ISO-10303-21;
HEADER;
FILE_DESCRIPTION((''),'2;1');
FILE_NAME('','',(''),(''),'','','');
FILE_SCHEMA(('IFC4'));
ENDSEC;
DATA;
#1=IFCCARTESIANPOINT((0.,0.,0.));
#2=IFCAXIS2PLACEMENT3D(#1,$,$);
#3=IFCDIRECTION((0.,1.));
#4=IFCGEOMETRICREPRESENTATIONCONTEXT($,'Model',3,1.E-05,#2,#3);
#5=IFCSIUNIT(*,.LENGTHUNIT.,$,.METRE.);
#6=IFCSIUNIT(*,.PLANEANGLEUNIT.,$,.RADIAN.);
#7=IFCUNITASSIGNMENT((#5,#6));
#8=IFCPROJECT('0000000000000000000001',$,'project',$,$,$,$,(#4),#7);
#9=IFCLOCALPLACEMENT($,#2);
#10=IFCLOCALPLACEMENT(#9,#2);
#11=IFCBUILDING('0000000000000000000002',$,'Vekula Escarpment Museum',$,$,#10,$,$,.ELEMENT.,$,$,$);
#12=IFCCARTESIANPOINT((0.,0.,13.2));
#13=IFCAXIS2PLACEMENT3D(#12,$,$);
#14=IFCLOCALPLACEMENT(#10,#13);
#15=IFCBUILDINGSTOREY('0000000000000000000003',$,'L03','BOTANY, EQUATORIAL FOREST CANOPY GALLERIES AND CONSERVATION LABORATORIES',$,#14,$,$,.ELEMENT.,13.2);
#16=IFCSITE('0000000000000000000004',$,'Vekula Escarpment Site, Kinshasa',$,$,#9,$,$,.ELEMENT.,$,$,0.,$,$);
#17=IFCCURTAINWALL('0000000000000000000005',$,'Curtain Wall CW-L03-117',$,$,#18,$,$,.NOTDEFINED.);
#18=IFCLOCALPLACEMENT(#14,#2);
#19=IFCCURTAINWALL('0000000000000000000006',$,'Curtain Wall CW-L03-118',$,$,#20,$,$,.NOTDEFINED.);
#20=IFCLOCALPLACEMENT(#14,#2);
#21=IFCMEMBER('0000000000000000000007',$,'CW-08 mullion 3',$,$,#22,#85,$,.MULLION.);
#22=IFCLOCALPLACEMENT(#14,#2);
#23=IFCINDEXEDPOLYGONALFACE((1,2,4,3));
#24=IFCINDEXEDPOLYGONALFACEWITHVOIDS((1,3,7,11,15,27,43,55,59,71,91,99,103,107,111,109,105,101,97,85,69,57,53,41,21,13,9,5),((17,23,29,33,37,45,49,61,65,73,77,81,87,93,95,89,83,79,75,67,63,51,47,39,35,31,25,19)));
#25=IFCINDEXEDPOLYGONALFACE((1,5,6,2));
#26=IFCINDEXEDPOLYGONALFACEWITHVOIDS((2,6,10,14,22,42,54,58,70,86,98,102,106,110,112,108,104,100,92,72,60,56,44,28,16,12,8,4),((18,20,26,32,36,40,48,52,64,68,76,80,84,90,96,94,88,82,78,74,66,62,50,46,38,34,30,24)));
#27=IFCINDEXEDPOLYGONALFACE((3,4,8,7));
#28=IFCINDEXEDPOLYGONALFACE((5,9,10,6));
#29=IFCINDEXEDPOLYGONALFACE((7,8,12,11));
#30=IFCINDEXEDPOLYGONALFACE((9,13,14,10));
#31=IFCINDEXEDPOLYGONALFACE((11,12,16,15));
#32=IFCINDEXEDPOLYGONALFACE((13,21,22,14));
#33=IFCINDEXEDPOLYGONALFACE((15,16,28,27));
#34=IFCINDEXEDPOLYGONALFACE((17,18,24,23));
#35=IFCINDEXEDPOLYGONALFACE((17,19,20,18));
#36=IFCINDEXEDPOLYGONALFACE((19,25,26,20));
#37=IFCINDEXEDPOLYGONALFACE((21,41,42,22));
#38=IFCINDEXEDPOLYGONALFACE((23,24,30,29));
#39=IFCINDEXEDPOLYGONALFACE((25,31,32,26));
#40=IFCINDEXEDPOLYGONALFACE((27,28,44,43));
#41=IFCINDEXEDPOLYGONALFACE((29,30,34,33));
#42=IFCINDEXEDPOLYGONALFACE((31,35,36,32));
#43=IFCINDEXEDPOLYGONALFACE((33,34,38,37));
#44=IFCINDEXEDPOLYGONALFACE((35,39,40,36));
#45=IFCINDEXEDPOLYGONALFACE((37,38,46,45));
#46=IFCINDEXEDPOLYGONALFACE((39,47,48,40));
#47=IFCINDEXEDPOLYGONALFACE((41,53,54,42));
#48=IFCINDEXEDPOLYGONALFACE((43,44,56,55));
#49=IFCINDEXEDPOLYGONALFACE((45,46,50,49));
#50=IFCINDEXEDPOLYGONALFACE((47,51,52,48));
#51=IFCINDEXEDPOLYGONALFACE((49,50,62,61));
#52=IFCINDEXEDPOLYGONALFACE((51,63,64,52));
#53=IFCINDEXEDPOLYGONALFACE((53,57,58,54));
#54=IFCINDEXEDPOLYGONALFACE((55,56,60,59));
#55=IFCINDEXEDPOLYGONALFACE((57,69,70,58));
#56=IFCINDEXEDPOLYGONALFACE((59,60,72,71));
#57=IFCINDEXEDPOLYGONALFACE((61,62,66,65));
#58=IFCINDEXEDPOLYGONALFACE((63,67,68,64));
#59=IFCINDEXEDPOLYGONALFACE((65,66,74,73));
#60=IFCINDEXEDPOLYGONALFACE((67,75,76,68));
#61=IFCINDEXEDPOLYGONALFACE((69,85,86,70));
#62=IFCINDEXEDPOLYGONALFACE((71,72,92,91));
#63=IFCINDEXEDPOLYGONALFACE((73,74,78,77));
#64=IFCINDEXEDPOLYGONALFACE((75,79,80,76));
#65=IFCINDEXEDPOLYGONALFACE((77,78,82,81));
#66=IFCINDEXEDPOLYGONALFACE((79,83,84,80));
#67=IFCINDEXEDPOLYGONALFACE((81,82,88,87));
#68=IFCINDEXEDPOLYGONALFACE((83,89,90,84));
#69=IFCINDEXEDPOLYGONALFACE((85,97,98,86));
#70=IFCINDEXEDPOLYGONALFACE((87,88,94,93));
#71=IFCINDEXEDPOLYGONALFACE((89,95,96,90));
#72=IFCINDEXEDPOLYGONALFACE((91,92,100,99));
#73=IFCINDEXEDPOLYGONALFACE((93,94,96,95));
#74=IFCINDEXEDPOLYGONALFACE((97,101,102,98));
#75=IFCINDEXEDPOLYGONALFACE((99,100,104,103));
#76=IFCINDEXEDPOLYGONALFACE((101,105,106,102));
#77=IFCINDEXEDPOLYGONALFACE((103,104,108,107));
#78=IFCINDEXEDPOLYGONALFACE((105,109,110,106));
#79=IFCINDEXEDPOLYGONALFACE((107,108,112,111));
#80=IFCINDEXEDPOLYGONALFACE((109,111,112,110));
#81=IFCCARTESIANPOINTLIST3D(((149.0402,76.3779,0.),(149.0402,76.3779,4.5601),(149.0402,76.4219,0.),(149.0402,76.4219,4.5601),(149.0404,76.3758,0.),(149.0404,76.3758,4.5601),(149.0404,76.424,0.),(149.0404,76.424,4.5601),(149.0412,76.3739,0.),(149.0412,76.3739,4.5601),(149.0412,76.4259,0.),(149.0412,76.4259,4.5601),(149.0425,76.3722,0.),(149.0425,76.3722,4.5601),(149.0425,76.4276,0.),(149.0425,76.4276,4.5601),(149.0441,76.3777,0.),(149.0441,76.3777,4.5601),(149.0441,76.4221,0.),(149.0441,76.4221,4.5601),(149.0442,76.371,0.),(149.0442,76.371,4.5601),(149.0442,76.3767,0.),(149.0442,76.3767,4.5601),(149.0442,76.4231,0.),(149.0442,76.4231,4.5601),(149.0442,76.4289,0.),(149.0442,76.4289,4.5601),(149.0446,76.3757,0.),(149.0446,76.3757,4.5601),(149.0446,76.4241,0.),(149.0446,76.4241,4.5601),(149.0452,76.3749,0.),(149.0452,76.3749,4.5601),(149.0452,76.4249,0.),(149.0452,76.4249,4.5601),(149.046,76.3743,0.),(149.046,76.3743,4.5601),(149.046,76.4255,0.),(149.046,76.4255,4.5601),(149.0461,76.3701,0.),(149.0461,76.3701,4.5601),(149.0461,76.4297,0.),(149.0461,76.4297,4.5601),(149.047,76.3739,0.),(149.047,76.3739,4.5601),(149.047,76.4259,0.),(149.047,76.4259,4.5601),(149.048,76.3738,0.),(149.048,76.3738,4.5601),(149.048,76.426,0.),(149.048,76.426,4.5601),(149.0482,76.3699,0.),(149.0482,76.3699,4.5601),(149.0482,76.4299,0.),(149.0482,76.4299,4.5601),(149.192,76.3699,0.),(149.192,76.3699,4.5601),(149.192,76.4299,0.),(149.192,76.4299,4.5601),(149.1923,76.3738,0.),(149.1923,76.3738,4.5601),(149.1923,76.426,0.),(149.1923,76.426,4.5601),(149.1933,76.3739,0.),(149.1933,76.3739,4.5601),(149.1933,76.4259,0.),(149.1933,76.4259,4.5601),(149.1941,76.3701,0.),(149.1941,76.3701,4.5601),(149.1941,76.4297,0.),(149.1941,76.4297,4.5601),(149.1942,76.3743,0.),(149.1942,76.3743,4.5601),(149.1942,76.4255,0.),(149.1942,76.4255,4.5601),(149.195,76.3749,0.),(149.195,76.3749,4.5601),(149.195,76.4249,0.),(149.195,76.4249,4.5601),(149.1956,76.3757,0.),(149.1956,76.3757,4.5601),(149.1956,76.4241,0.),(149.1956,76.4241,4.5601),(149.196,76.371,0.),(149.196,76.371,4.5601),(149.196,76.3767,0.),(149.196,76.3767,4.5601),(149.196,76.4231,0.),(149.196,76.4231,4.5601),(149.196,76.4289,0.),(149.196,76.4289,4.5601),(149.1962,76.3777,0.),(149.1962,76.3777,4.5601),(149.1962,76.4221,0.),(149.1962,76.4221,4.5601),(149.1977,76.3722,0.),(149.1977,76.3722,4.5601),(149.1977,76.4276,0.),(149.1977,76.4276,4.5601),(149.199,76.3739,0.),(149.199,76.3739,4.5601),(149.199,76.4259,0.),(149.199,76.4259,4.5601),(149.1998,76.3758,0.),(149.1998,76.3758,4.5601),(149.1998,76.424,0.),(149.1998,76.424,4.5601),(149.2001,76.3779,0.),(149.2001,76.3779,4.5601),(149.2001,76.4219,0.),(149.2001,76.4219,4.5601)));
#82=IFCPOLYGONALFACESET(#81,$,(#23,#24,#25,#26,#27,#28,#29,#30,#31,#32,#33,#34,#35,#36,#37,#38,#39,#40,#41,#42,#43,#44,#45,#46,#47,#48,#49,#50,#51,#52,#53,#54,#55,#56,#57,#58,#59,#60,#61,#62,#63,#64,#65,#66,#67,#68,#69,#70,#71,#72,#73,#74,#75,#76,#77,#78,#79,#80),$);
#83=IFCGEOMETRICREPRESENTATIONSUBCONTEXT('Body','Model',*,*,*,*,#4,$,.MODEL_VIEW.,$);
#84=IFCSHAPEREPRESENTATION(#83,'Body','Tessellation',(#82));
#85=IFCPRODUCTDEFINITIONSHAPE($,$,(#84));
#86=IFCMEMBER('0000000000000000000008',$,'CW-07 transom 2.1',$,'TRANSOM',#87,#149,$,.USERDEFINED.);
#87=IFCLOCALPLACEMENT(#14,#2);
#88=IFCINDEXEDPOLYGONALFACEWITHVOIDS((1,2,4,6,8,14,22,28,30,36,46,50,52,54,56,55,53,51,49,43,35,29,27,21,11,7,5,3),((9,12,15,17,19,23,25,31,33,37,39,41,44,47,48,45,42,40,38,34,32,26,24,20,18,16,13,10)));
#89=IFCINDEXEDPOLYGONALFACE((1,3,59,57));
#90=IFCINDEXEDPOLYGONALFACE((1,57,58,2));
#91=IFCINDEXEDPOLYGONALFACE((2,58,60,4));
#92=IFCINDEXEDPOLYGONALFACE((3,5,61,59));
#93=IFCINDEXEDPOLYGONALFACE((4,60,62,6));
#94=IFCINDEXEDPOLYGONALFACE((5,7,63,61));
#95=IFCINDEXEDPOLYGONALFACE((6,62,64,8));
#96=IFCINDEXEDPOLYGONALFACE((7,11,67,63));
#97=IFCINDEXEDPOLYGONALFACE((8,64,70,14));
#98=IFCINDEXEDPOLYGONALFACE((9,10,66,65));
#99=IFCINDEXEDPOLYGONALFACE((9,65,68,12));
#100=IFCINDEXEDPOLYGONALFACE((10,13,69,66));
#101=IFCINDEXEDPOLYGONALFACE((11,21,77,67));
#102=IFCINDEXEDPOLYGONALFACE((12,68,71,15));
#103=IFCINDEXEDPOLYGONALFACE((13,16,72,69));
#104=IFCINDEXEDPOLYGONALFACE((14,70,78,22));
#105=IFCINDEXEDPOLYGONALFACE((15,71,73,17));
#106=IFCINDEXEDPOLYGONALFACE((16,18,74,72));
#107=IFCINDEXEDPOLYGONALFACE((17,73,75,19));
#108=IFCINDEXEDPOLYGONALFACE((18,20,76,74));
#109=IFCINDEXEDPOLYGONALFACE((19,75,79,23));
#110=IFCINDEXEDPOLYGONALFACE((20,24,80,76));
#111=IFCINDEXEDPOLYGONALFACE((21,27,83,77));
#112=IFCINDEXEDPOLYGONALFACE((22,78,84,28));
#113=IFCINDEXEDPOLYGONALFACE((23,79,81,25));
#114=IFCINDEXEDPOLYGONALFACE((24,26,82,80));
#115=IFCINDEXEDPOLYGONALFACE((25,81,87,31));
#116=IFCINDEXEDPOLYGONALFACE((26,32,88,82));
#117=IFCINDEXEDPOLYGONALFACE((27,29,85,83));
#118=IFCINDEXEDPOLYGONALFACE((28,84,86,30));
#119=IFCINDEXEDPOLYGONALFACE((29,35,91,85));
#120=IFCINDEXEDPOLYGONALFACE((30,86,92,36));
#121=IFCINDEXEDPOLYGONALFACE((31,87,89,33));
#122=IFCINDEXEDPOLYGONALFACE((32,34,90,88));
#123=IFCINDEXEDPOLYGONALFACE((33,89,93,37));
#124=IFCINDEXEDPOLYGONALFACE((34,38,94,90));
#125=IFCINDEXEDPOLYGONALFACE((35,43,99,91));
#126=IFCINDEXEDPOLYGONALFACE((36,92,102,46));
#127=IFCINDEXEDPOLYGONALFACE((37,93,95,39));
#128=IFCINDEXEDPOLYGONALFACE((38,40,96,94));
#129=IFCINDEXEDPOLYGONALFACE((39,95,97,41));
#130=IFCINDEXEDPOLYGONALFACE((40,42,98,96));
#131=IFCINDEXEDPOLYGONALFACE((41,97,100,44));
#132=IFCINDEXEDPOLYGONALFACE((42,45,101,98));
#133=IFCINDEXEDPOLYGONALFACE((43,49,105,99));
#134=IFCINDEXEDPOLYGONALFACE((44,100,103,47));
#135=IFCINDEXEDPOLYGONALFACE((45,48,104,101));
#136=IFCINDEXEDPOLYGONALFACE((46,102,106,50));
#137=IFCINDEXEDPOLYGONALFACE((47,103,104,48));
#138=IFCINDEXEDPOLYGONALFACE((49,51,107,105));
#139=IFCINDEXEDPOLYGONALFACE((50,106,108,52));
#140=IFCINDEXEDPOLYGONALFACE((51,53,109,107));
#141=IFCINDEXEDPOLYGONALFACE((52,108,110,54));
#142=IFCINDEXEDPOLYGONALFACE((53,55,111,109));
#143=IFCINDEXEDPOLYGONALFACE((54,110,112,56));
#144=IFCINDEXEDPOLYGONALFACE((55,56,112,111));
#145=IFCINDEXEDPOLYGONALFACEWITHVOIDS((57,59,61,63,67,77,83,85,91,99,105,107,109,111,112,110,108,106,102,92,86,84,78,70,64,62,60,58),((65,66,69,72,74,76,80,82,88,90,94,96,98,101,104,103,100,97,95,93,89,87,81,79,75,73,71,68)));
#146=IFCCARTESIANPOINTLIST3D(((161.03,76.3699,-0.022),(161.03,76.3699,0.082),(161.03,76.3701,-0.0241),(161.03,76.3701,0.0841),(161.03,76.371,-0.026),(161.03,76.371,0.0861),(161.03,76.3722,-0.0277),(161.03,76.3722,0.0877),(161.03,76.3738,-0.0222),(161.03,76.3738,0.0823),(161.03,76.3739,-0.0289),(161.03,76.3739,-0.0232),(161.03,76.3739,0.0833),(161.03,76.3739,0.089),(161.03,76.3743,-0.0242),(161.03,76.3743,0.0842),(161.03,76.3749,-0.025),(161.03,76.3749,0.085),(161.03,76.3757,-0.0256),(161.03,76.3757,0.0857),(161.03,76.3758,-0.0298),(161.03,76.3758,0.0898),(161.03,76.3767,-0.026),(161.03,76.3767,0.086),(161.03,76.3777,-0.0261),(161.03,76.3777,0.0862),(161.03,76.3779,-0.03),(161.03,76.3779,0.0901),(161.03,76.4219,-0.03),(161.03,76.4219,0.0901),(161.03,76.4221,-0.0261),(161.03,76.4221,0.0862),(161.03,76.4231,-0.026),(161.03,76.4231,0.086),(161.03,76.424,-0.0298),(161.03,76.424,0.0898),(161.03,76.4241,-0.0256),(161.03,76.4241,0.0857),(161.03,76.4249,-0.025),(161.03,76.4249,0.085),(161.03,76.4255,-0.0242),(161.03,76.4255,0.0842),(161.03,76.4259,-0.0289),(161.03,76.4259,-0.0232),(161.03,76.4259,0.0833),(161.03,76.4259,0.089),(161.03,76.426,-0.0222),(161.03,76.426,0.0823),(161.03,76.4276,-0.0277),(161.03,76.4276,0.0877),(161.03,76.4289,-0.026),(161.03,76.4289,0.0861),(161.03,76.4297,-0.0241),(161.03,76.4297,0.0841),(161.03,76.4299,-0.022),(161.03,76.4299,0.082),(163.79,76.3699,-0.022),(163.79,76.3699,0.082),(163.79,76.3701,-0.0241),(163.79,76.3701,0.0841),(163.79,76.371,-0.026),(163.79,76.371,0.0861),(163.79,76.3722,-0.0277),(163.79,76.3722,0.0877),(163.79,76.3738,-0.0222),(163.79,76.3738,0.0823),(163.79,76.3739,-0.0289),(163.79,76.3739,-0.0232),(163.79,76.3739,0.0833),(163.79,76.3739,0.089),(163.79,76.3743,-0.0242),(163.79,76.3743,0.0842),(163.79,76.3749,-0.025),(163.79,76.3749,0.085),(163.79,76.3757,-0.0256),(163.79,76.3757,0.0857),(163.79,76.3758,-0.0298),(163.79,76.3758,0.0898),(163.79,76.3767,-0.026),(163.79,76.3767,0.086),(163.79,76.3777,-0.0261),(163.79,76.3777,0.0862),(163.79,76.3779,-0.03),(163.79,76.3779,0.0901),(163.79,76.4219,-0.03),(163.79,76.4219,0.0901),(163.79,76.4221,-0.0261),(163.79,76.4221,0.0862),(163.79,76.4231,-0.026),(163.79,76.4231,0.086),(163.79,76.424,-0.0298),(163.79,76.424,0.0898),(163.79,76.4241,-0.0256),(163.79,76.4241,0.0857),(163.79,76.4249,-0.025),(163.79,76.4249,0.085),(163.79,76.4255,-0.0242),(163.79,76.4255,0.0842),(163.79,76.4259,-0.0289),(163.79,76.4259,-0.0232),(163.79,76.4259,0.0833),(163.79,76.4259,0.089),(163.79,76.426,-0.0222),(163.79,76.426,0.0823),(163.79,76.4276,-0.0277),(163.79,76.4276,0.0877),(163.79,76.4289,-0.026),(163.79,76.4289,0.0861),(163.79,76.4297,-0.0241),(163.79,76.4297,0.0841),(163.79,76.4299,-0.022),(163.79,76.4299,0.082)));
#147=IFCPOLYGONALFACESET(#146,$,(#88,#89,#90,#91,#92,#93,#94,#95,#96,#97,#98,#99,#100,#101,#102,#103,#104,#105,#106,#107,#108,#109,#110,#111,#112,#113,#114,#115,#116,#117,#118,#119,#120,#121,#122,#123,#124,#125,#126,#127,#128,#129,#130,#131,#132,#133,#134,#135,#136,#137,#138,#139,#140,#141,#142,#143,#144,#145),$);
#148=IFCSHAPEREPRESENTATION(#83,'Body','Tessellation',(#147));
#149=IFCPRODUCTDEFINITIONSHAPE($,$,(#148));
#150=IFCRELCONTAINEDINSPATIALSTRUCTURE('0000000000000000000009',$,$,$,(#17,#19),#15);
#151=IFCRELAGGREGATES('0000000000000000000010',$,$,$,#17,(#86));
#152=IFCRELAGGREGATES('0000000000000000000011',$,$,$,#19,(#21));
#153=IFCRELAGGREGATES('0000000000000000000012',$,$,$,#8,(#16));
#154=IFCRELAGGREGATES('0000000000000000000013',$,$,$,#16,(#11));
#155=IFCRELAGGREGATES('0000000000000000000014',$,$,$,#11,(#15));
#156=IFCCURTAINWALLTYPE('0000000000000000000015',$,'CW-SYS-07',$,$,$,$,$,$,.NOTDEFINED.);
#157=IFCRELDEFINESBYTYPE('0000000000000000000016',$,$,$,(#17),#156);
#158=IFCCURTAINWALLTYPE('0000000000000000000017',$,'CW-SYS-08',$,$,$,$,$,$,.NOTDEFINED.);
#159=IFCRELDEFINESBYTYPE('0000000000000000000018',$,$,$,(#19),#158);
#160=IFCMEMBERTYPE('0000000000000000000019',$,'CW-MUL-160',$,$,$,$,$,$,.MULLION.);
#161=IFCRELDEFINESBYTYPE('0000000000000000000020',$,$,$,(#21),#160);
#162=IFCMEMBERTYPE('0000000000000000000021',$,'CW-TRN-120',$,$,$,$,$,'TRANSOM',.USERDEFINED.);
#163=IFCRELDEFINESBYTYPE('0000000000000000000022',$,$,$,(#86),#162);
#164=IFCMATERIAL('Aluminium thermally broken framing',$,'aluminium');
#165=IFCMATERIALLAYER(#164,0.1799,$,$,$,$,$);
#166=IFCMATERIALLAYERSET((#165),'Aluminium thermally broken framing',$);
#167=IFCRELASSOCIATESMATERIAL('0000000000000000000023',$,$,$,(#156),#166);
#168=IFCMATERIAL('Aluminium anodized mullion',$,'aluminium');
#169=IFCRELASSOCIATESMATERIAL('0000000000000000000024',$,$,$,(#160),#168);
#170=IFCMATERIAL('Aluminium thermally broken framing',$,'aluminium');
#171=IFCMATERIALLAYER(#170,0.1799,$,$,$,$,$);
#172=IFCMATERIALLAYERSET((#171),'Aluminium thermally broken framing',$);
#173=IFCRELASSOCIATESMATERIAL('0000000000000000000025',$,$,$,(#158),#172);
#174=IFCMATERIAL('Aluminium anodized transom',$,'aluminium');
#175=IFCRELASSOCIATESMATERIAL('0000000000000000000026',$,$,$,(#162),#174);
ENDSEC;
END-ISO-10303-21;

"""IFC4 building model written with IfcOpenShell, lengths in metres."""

from ifc_helpers import new_model, si_unit, direction, frame, origin, origin_2d, place, context, subcontext, project, spatial, hollow_rectangle, extrude, material, layer, layer_set, material_profile, profile_set, type_object, element, aggregate, save


model = new_model("IFC4")

# Units and contexts
model_context = context("Model", 3, precision=1e-05, world=origin(), true_north=direction((0.0, 1.0)))
body_context = subcontext(model_context, "Body", "Model", "MODEL_VIEW")
ifc_project = project(units=[si_unit("LENGTHUNIT", "METRE"), si_unit("PLANEANGLEUNIT", "RADIAN")], contexts=[model_context])

# Site, building, storey
site_placement = place(None, origin())
site = spatial("IfcSite", under=ifc_project, at=site_placement, Name="Vekula Escarpment Site, Kinshasa", CompositionType="ELEMENT", RefElevation=0.0)
building_placement = place(site_placement, origin())
building = spatial("IfcBuilding", under=site, at=building_placement, Name="Vekula Escarpment Museum", CompositionType="ELEMENT")
storey_placement = place(building_placement, frame((0.0, 0.0, 13.2)))
storey = spatial("IfcBuildingStorey", under=building, at=storey_placement, Name="L03", Description="BOTANY, EQUATORIAL FOREST CANOPY GALLERIES AND CONSERVATION LABORATORIES", CompositionType="ELEMENT", Elevation=13.2)

# Curtain walls, member
ifc_material_1 = material(Name="Aluminium thermally broken framing", Category="aluminium")
ifc_layer_1 = layer(ifc_material_1, 0.1799)
ifc_layer_set_1 = layer_set([ifc_layer_1], Name="Aluminium thermally broken framing")
curtain_wall_type_1 = type_object("IfcCurtainWallType", Name="CW-SYS-07", PredefinedType="NOTDEFINED", material=ifc_layer_set_1)
curtain_wall_1_placement = place(storey_placement, origin())
curtain_wall_1 = element("IfcCurtainWall", 1, at=curtain_wall_1_placement, inside=storey, type_object=curtain_wall_type_1, Name="Curtain Wall CW-L03-117", PredefinedType="NOTDEFINED")
ifc_material_2 = material(Name="Aluminium anodized mullion", Category="aluminium")
ifc_material_profile_1 = material_profile(ifc_material_2, hollow_rectangle(XDim=0.0601, YDim=0.1599, WallThickness=0.0039, InnerFilletRadius=0.0039, OuterFilletRadius=0.0081, at=origin_2d()), Name="ALU 160x60x4")
ifc_profile_set_1 = profile_set([ifc_material_profile_1], Name="Aluminium anodized mullion")
member_type_1 = type_object("IfcMemberType", Name="CW-MUL-160", PredefinedType="MULLION", material=ifc_profile_set_1)
ifc_material_3 = material(Name="Aluminium thermally broken framing", Category="aluminium")
ifc_layer_2 = layer(ifc_material_3, 0.1799)
ifc_layer_set_2 = layer_set([ifc_layer_2], Name="Aluminium thermally broken framing")
curtain_wall_type_2 = type_object("IfcCurtainWallType", Name="CW-SYS-08", PredefinedType="NOTDEFINED", material=ifc_layer_set_2)
curtain_wall_2_placement = place(storey_placement, origin())
curtain_wall_2 = element("IfcCurtainWall", 2, at=curtain_wall_2_placement, inside=storey, type_object=curtain_wall_type_2, Name="Curtain Wall CW-L03-118", PredefinedType="NOTDEFINED")
member_1_placement = place(storey_placement, frame((149.1201, 76.3999, 0.0), z_axis=(0.0, 0.0, 1.0), x_axis=(0.0, -1.0, 0.0)))
member_1 = element("IfcMember", 3, at=member_1_placement, type_object=member_type_1, Name="CW-08 mullion 3", PredefinedType="MULLION", context=body_context, shape_type="SweptSolid", body=[
    extrude(hollow_rectangle(XDim=0.0601, YDim=0.1599, WallThickness=0.0039, InnerFilletRadius=0.0039, OuterFilletRadius=0.0081, at=origin_2d()), origin(), (0.0, 0.0, 1.0), 4.5601),
])

# Member
ifc_material_4 = material(Name="Aluminium anodized transom", Category="aluminium")
ifc_material_profile_2 = material_profile(ifc_material_4, hollow_rectangle(XDim=0.0601, YDim=0.1201, WallThickness=0.0039, InnerFilletRadius=0.0039, OuterFilletRadius=0.0081, at=origin_2d()), Name="ALU 120x60x4")
ifc_profile_set_2 = profile_set([ifc_material_profile_2], Name="Aluminium anodized transom")
member_type_2 = type_object("IfcMemberType", Name="CW-TRN-120", ElementType="TRANSOM", PredefinedType="USERDEFINED", material=ifc_profile_set_2)
member_2_placement = place(storey_placement, frame((163.79, 76.3999, 0.03), z_axis=(-1.0, 0.0, 0.0), x_axis=(0.0, -1.0, 0.0)))
member_2 = element("IfcMember", 4, at=member_2_placement, type_object=member_type_2, Name="CW-07 transom 2.1", ObjectType="TRANSOM", PredefinedType="USERDEFINED", context=body_context, shape_type="SweptSolid", body=[
    extrude(hollow_rectangle(XDim=0.0601, YDim=0.1201, WallThickness=0.0039, InnerFilletRadius=0.0039, OuterFilletRadius=0.0081, at=origin_2d()), origin(), (0.0, 0.0, 1.0), 2.76),
])

aggregate(curtain_wall_1, [member_2])
aggregate(curtain_wall_2, [member_1])

save(model, "model.ifc")
